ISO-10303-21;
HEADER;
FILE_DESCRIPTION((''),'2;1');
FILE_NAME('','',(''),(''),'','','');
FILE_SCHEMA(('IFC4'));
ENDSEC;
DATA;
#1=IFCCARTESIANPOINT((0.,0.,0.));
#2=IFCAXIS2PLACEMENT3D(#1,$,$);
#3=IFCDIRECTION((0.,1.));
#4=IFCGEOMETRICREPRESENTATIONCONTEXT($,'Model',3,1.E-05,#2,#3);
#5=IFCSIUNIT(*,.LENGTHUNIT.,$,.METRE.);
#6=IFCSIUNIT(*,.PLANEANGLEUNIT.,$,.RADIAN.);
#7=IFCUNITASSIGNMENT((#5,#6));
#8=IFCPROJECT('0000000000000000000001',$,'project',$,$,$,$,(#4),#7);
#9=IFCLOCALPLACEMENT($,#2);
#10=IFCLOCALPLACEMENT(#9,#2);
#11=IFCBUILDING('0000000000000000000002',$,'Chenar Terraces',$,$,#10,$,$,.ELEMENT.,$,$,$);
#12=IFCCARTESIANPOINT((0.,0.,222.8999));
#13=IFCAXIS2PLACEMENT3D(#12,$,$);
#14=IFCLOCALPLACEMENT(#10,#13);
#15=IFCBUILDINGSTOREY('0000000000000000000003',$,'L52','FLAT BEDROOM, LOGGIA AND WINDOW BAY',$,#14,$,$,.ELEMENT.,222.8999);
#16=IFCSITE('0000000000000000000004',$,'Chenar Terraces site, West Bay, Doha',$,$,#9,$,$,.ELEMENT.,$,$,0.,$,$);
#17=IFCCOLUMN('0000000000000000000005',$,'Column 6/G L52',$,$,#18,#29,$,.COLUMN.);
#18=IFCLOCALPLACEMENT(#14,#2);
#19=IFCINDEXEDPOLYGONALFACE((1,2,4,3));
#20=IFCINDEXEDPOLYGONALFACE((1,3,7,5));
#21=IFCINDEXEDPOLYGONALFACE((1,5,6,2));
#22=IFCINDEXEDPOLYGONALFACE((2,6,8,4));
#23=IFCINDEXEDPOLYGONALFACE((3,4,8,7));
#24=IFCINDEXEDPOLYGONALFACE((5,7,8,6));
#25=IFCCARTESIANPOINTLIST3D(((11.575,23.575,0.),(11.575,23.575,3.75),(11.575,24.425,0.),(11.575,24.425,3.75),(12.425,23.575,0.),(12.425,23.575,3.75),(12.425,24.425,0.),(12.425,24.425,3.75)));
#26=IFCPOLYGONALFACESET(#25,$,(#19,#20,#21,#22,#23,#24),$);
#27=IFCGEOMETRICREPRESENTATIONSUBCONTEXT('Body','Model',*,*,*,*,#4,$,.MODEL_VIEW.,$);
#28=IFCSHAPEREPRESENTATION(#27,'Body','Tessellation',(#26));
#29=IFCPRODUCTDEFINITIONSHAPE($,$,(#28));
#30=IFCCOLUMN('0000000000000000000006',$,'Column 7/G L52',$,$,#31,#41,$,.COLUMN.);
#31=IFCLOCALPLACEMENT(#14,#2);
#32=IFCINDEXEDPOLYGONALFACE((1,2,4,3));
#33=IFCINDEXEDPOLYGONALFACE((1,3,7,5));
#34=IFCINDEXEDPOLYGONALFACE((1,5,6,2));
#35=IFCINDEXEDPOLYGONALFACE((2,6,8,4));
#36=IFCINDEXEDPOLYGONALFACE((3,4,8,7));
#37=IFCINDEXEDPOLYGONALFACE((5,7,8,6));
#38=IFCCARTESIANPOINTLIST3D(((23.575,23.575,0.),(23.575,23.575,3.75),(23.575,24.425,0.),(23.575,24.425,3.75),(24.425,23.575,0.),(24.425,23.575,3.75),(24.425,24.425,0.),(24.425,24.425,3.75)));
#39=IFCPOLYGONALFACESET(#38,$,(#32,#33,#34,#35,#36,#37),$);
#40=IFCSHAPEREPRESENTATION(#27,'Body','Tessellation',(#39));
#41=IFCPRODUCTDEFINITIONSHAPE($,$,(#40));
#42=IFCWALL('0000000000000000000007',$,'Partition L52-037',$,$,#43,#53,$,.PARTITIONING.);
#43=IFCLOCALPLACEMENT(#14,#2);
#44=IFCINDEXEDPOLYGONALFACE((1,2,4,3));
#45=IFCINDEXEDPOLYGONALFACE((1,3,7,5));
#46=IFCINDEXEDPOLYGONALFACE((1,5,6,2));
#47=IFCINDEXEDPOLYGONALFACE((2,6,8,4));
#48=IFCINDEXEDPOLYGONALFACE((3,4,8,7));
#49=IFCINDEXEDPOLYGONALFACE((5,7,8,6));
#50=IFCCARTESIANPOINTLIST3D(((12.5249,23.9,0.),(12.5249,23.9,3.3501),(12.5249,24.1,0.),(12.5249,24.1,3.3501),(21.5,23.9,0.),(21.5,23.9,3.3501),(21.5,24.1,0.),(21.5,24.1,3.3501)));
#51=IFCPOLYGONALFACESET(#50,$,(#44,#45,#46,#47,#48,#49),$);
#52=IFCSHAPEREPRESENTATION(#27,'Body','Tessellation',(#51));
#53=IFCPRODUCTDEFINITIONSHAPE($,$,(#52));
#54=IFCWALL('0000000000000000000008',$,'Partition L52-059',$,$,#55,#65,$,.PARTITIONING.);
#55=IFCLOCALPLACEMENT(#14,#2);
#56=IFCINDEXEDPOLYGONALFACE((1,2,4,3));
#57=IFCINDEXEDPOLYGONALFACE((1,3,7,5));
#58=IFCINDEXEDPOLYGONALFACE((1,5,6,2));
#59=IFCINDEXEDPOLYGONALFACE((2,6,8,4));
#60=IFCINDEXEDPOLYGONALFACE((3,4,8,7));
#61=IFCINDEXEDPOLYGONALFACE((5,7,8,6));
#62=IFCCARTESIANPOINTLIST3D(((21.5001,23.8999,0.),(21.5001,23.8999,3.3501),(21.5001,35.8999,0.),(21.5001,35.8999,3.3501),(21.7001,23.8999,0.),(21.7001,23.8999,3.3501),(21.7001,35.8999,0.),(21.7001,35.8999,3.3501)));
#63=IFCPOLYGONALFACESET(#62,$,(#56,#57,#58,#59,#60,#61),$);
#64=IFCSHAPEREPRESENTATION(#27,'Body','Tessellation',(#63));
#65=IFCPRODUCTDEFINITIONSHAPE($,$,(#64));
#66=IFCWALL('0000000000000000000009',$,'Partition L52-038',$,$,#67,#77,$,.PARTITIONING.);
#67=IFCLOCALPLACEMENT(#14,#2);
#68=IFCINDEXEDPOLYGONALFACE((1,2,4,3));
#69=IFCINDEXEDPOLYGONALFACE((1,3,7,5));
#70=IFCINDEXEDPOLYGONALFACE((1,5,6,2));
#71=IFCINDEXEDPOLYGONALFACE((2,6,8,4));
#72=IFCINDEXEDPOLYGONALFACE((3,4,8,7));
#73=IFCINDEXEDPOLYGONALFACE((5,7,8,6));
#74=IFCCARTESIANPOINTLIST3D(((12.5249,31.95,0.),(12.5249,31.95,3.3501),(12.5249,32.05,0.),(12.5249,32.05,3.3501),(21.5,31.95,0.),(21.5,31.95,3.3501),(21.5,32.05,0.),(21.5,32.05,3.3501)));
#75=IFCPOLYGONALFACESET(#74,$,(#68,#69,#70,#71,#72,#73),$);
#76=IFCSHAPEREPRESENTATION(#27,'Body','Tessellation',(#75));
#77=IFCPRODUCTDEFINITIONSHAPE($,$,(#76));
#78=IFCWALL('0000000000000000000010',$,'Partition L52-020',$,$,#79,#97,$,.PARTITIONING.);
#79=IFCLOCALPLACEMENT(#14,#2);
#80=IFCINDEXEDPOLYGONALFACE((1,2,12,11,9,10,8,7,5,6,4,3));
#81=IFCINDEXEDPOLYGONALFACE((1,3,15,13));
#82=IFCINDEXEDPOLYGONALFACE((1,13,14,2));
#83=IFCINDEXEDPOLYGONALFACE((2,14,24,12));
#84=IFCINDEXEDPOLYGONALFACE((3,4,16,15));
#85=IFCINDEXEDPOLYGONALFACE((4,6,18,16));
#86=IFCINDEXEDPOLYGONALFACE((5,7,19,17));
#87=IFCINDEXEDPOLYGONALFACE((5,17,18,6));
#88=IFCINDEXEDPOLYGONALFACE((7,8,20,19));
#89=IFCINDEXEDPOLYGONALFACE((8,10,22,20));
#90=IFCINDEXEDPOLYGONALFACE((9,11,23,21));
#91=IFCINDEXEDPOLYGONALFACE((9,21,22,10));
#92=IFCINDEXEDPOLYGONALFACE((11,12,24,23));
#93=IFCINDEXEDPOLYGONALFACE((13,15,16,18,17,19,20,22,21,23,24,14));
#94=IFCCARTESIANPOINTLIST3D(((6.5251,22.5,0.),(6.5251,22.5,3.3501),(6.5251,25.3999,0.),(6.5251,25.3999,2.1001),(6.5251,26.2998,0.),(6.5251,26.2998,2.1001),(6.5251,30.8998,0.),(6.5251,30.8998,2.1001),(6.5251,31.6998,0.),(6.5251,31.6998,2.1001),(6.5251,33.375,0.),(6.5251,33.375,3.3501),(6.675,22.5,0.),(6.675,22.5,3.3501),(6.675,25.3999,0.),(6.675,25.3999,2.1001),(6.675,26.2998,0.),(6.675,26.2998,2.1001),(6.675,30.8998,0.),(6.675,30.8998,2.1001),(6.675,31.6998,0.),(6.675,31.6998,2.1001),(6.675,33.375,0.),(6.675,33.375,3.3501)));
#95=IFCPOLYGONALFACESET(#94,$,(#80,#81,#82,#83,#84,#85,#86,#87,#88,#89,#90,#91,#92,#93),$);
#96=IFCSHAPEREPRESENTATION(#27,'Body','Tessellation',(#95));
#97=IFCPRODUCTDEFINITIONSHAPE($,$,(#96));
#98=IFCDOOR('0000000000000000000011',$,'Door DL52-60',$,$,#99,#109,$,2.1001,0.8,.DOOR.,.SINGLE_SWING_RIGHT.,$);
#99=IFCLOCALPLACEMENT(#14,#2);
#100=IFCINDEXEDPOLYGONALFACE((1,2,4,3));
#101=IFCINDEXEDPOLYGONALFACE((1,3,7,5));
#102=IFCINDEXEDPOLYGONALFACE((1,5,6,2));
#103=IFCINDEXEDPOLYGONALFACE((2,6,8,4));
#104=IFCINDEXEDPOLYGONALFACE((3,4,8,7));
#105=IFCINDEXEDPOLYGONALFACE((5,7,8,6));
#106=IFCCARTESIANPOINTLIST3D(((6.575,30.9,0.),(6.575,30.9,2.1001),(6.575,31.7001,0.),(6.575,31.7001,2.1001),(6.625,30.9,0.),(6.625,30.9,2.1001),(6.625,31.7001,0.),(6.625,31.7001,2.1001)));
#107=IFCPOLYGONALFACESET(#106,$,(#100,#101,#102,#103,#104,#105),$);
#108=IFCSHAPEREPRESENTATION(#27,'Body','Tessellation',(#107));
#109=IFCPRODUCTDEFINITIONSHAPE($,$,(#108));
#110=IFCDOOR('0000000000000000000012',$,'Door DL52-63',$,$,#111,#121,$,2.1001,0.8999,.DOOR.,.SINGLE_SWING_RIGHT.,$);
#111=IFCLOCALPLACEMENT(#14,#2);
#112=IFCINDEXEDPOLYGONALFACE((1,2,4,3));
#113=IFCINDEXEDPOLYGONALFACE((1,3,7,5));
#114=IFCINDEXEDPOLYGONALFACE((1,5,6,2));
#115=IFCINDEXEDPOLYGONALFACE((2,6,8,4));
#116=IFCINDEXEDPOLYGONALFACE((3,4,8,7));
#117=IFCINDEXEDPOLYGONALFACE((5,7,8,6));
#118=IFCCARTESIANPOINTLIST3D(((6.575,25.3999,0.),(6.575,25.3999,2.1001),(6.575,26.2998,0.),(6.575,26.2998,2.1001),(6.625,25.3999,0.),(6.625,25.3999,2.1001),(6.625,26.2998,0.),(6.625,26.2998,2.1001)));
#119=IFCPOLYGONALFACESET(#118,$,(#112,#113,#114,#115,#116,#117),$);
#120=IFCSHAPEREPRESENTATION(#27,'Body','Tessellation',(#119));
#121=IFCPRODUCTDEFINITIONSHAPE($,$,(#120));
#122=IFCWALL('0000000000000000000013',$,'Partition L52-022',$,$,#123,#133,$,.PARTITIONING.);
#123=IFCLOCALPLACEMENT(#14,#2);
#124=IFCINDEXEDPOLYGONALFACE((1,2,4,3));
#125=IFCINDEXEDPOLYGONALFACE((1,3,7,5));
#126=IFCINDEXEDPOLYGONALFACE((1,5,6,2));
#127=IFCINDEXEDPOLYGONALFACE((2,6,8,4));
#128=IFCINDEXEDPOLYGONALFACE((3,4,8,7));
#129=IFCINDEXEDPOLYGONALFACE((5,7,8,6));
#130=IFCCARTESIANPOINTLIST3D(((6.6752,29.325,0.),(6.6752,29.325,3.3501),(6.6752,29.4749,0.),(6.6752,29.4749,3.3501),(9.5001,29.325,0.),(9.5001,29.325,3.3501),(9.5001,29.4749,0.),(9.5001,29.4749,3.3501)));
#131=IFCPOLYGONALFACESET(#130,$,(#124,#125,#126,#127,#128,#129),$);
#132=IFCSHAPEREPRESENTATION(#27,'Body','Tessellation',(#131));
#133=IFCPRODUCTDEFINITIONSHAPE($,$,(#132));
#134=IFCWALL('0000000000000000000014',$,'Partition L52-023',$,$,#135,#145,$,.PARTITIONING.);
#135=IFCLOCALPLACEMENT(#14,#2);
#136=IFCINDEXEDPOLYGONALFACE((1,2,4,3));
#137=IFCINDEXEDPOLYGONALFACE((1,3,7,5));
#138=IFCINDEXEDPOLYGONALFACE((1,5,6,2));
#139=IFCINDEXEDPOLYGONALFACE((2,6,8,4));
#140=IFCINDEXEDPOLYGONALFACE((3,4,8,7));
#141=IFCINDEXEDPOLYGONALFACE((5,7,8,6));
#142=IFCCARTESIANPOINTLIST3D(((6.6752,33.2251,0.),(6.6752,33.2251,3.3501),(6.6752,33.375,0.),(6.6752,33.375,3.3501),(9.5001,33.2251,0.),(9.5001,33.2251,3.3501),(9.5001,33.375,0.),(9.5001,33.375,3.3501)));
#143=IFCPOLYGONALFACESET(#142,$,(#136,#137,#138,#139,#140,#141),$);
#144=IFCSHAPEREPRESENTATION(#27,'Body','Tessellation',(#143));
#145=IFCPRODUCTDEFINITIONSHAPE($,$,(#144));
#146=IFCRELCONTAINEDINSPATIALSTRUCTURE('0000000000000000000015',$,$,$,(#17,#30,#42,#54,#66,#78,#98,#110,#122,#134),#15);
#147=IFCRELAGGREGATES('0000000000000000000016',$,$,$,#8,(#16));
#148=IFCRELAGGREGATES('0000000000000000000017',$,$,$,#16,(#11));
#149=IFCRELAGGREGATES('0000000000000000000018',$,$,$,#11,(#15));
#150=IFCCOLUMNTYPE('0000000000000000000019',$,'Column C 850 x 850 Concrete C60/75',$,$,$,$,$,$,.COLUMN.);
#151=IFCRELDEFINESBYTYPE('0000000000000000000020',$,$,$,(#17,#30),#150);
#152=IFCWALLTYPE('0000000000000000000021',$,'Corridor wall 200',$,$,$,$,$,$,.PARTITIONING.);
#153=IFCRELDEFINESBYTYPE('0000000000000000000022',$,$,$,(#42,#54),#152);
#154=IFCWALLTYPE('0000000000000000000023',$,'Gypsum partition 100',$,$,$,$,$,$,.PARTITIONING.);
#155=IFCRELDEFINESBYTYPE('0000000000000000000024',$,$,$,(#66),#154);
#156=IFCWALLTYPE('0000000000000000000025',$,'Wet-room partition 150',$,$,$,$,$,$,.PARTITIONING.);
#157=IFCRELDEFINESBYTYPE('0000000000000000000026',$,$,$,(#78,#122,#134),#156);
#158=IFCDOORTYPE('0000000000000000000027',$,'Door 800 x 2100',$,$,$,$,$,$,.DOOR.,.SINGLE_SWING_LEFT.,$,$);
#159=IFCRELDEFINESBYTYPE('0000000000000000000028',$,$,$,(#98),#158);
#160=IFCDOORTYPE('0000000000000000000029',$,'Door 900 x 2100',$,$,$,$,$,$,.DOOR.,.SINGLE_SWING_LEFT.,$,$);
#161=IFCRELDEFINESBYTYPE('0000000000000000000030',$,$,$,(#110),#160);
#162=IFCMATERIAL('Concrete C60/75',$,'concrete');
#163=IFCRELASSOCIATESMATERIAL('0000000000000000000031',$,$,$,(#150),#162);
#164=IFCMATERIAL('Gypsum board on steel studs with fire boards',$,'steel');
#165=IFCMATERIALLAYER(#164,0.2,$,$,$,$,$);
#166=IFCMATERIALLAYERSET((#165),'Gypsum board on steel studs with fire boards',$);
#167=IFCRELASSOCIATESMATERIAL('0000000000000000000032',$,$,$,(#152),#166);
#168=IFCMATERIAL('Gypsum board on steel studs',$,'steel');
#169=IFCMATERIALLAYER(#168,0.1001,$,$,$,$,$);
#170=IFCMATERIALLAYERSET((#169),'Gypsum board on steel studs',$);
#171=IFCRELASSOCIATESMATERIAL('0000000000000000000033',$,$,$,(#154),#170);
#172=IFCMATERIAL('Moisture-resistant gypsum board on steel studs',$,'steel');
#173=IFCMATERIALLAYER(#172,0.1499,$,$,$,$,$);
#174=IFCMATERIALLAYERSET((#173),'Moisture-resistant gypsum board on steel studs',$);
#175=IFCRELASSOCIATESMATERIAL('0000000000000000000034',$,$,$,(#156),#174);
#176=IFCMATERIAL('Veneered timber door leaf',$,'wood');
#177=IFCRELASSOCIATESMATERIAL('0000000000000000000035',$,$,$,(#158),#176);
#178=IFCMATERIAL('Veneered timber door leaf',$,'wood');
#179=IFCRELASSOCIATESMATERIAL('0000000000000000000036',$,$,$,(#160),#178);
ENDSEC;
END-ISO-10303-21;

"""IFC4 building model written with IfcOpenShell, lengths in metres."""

from ifc_helpers import new_model, si_unit, direction, frame, frame_2d, origin, origin_2d, place, context, subcontext, project, spatial, rectangle, extrude, material, layer, layer_set, material_profile, profile_set, type_object, element, fill, save


model = new_model("IFC4")

# Units and contexts
model_context = context("Model", 3, precision=1e-05, world=origin(), true_north=direction((0.0, 1.0)))
body_context = subcontext(model_context, "Body", "Model", "MODEL_VIEW")
ifc_project = project(units=[si_unit("LENGTHUNIT", "METRE"), si_unit("PLANEANGLEUNIT", "RADIAN")], contexts=[model_context])

# Site, building, storey
site_placement = place(None, origin())
site = spatial("IfcSite", under=ifc_project, at=site_placement, Name="Chenar Terraces site, West Bay, Doha", CompositionType="ELEMENT", RefElevation=0.0)
building_placement = place(site_placement, origin())
building = spatial("IfcBuilding", under=site, at=building_placement, Name="Chenar Terraces", CompositionType="ELEMENT")
storey_placement = place(building_placement, frame((0.0, 0.0, 222.8999)))
storey = spatial("IfcBuildingStorey", under=building, at=storey_placement, Name="L52", Description="FLAT BEDROOM, LOGGIA AND WINDOW BAY", CompositionType="ELEMENT", Elevation=222.8999)

# Columns
ifc_material_1 = material(Name="Concrete C60/75", Category="concrete")
ifc_material_profile = material_profile(ifc_material_1, rectangle(XDim=0.8501, YDim=0.8501, at=origin_2d()), Name="C 850 x 850")
ifc_profile_set = profile_set([ifc_material_profile], Name="Concrete C60/75")
column_type = type_object("IfcColumnType", Name="Column C 850 x 850 Concrete C60/75", PredefinedType="COLUMN", material=ifc_profile_set)
for number, where, z_axis, x_axis, name in (
    (1, (12.0, 24.0, 0.0), (0.0, 0.0, 1.0), (1.0, 0.0, 0.0), "Column 6/G L52"),
    (2, (24.0, 24.0, 0.0), (0.0, 0.0, 1.0), (1.0, 0.0, 0.0), "Column 7/G L52"),
):
    element("IfcColumn", number, at=place(storey_placement, frame(where, z_axis=z_axis, x_axis=x_axis)), inside=storey, type_object=column_type, Name=name, PredefinedType="COLUMN", context=body_context, shape_type="SweptSolid", body=[
        extrude(rectangle(XDim=0.8501, YDim=0.8501, at=origin_2d()), origin(), (0.0, 0.0, 1.0), 3.75),
    ])

# Walls
ifc_material_2 = material(Name="Gypsum board on steel studs with fire boards", Category="steel")
ifc_layer_1 = layer(ifc_material_2, 0.2)
ifc_layer_set_1 = layer_set([ifc_layer_1], Name="Gypsum board on steel studs with fire boards")
wall_type_1 = type_object("IfcWallType", Name="Corridor wall 200", PredefinedType="PARTITIONING", material=ifc_layer_set_1)
wall_1_placement = place(storey_placement, frame((12.5249, 24.0, 0.0), z_axis=(0.0, 0.0, 1.0), x_axis=(1.0, 0.0, 0.0)))
element("IfcWall", 3, at=wall_1_placement, inside=storey, type_object=wall_type_1, Name="Partition L52-037", PredefinedType="PARTITIONING", context=body_context, shape_type="SweptSolid", body=[
    extrude(rectangle(XDim=8.9751, YDim=0.2, at=frame_2d((4.4875, 0.0))), origin(), (0.0, 0.0, 1.0), 3.3501),
])
wall_2_placement = place(storey_placement, frame((21.6001, 23.8999, 0.0), z_axis=(0.0, 0.0, 1.0), x_axis=(0.0, 1.0, 0.0)))
element("IfcWall", 4, at=wall_2_placement, inside=storey, type_object=wall_type_1, Name="Partition L52-059", PredefinedType="PARTITIONING", context=body_context, shape_type="SweptSolid", body=[
    extrude(rectangle(XDim=12.0, YDim=0.2, at=frame_2d((6.0, 0.0))), origin(), (0.0, 0.0, 1.0), 3.3501),
])
ifc_material_3 = material(Name="Gypsum board on steel studs", Category="steel")
ifc_layer_2 = layer(ifc_material_3, 0.1001)
ifc_layer_set_2 = layer_set([ifc_layer_2], Name="Gypsum board on steel studs")
wall_type_2 = type_object("IfcWallType", Name="Gypsum partition 100", PredefinedType="PARTITIONING", material=ifc_layer_set_2)
wall_3_placement = place(storey_placement, frame((12.5249, 32.0, 0.0), z_axis=(0.0, 0.0, 1.0), x_axis=(1.0, 0.0, 0.0)))
element("IfcWall", 5, at=wall_3_placement, inside=storey, type_object=wall_type_2, Name="Partition L52-038", PredefinedType="PARTITIONING", context=body_context, shape_type="SweptSolid", body=[
    extrude(rectangle(XDim=8.9751, YDim=0.1001, at=frame_2d((4.4875, 0.0))), origin(), (0.0, 0.0, 1.0), 3.3501),
])

# Wall, openings, doors
ifc_material_4 = material(Name="Moisture-resistant gypsum board on steel studs", Category="steel")
ifc_layer_3 = layer(ifc_material_4, 0.1499)
ifc_layer_set_3 = layer_set([ifc_layer_3], Name="Moisture-resistant gypsum board on steel studs")
wall_type_3 = type_object("IfcWallType", Name="Wet-room partition 150", PredefinedType="PARTITIONING", material=ifc_layer_set_3)
wall_4_placement = place(storey_placement, frame((6.6001, 22.5, 0.0), z_axis=(0.0, 0.0, 1.0), x_axis=(0.0, 1.0, 0.0)))
wall_4 = element("IfcWall", 6, at=wall_4_placement, inside=storey, type_object=wall_type_3, Name="Partition L52-020", PredefinedType="PARTITIONING", context=body_context, shape_type="SweptSolid", body=[
    extrude(rectangle(XDim=10.875, YDim=0.1499, at=frame_2d((5.4375, 0.0))), origin(), (0.0, 0.0, 1.0), 3.3501),
])
opening_1_placement = place(wall_4_placement, frame((8.3999, 0.0, 0.0)))
opening_1 = element("IfcOpeningElement", 7, at=opening_1_placement, cuts=wall_4, PredefinedType="OPENING", context=body_context, shape_type="SweptSolid", body=[
    extrude(rectangle(XDim=0.8, YDim=2.1001, at=frame_2d((0.3999, 1.05))), frame((0.0, 0.085, 0.0), z_axis=(0.0, -1.0, 0.0), x_axis=(1.0, 0.0, 0.0)), (0.0, 0.0, 1.0), 0.1699),
])
opening_2_placement = place(wall_4_placement, frame((2.8999, 0.0, 0.0)))
opening_2 = element("IfcOpeningElement", 8, at=opening_2_placement, cuts=wall_4, PredefinedType="OPENING", context=body_context, shape_type="SweptSolid", body=[
    extrude(rectangle(XDim=0.8999, YDim=2.1001, at=frame_2d((0.45, 1.05))), frame((0.0, 0.085, 0.0), z_axis=(0.0, -1.0, 0.0), x_axis=(1.0, 0.0, 0.0)), (0.0, 0.0, 1.0), 0.1699),
])
ifc_material_5 = material(Name="Veneered timber door leaf", Category="wood")
door_type_1 = type_object("IfcDoorType", Name="Door 800 x 2100", OperationType="SINGLE_SWING_LEFT", PredefinedType="DOOR", material=ifc_material_5)
door_1_placement = place(opening_1_placement, frame((0.8, 0.0, 0.0), z_axis=(0.0, 0.0, 1.0), x_axis=(-1.0, 0.0, 0.0)))
door_1 = element("IfcDoor", 9, at=door_1_placement, inside=storey, type_object=door_type_1, Name="Door DL52-60", OperationType="SINGLE_SWING_RIGHT", OverallHeight=2.1001, OverallWidth=0.8, PredefinedType="DOOR", context=body_context, shape_type="SweptSolid", body=[
    extrude(rectangle(XDim=0.8, YDim=2.1001, at=frame_2d((0.3999, 1.05))), frame((0.0, 0.0249, 0.0), z_axis=(0.0, -1.0, 0.0), x_axis=(1.0, 0.0, 0.0)), (0.0, 0.0, 1.0), 0.05),
])
fill(opening_1, door_1)
ifc_material_6 = material(Name="Veneered timber door leaf", Category="wood")
door_type_2 = type_object("IfcDoorType", Name="Door 900 x 2100", OperationType="SINGLE_SWING_LEFT", PredefinedType="DOOR", material=ifc_material_6)
door_2_placement = place(opening_2_placement, frame((0.8999, 0.0, 0.0), z_axis=(0.0, 0.0, 1.0), x_axis=(-1.0, 0.0, 0.0)))
door_2 = element("IfcDoor", 10, at=door_2_placement, inside=storey, type_object=door_type_2, Name="Door DL52-63", OperationType="SINGLE_SWING_RIGHT", OverallHeight=2.1001, OverallWidth=0.8999, PredefinedType="DOOR", context=body_context, shape_type="SweptSolid", body=[
    extrude(rectangle(XDim=0.8999, YDim=2.1001, at=frame_2d((0.45, 1.05))), frame((0.0, 0.0249, 0.0), z_axis=(0.0, -1.0, 0.0), x_axis=(1.0, 0.0, 0.0)), (0.0, 0.0, 1.0), 0.05),
])
fill(opening_2, door_2)

# Walls
for number, where, z_axis, x_axis, name in (
    (11, (6.675, 29.3999, 0.0), (0.0, 0.0, 1.0), (1.0, 0.0, 0.0), "Partition L52-022"),
    (12, (6.675, 33.3, 0.0), (0.0, 0.0, 1.0), (1.0, 0.0, 0.0), "Partition L52-023"),
):
    element("IfcWall", number, at=place(storey_placement, frame(where, z_axis=z_axis, x_axis=x_axis)), inside=storey, type_object=wall_type_3, Name=name, PredefinedType="PARTITIONING", context=body_context, shape_type="SweptSolid", body=[
        extrude(rectangle(XDim=2.825, YDim=0.1499, at=frame_2d((1.4126, 0.0))), origin(), (0.0, 0.0, 1.0), 3.3501),
    ])

save(model, "model.ifc")
